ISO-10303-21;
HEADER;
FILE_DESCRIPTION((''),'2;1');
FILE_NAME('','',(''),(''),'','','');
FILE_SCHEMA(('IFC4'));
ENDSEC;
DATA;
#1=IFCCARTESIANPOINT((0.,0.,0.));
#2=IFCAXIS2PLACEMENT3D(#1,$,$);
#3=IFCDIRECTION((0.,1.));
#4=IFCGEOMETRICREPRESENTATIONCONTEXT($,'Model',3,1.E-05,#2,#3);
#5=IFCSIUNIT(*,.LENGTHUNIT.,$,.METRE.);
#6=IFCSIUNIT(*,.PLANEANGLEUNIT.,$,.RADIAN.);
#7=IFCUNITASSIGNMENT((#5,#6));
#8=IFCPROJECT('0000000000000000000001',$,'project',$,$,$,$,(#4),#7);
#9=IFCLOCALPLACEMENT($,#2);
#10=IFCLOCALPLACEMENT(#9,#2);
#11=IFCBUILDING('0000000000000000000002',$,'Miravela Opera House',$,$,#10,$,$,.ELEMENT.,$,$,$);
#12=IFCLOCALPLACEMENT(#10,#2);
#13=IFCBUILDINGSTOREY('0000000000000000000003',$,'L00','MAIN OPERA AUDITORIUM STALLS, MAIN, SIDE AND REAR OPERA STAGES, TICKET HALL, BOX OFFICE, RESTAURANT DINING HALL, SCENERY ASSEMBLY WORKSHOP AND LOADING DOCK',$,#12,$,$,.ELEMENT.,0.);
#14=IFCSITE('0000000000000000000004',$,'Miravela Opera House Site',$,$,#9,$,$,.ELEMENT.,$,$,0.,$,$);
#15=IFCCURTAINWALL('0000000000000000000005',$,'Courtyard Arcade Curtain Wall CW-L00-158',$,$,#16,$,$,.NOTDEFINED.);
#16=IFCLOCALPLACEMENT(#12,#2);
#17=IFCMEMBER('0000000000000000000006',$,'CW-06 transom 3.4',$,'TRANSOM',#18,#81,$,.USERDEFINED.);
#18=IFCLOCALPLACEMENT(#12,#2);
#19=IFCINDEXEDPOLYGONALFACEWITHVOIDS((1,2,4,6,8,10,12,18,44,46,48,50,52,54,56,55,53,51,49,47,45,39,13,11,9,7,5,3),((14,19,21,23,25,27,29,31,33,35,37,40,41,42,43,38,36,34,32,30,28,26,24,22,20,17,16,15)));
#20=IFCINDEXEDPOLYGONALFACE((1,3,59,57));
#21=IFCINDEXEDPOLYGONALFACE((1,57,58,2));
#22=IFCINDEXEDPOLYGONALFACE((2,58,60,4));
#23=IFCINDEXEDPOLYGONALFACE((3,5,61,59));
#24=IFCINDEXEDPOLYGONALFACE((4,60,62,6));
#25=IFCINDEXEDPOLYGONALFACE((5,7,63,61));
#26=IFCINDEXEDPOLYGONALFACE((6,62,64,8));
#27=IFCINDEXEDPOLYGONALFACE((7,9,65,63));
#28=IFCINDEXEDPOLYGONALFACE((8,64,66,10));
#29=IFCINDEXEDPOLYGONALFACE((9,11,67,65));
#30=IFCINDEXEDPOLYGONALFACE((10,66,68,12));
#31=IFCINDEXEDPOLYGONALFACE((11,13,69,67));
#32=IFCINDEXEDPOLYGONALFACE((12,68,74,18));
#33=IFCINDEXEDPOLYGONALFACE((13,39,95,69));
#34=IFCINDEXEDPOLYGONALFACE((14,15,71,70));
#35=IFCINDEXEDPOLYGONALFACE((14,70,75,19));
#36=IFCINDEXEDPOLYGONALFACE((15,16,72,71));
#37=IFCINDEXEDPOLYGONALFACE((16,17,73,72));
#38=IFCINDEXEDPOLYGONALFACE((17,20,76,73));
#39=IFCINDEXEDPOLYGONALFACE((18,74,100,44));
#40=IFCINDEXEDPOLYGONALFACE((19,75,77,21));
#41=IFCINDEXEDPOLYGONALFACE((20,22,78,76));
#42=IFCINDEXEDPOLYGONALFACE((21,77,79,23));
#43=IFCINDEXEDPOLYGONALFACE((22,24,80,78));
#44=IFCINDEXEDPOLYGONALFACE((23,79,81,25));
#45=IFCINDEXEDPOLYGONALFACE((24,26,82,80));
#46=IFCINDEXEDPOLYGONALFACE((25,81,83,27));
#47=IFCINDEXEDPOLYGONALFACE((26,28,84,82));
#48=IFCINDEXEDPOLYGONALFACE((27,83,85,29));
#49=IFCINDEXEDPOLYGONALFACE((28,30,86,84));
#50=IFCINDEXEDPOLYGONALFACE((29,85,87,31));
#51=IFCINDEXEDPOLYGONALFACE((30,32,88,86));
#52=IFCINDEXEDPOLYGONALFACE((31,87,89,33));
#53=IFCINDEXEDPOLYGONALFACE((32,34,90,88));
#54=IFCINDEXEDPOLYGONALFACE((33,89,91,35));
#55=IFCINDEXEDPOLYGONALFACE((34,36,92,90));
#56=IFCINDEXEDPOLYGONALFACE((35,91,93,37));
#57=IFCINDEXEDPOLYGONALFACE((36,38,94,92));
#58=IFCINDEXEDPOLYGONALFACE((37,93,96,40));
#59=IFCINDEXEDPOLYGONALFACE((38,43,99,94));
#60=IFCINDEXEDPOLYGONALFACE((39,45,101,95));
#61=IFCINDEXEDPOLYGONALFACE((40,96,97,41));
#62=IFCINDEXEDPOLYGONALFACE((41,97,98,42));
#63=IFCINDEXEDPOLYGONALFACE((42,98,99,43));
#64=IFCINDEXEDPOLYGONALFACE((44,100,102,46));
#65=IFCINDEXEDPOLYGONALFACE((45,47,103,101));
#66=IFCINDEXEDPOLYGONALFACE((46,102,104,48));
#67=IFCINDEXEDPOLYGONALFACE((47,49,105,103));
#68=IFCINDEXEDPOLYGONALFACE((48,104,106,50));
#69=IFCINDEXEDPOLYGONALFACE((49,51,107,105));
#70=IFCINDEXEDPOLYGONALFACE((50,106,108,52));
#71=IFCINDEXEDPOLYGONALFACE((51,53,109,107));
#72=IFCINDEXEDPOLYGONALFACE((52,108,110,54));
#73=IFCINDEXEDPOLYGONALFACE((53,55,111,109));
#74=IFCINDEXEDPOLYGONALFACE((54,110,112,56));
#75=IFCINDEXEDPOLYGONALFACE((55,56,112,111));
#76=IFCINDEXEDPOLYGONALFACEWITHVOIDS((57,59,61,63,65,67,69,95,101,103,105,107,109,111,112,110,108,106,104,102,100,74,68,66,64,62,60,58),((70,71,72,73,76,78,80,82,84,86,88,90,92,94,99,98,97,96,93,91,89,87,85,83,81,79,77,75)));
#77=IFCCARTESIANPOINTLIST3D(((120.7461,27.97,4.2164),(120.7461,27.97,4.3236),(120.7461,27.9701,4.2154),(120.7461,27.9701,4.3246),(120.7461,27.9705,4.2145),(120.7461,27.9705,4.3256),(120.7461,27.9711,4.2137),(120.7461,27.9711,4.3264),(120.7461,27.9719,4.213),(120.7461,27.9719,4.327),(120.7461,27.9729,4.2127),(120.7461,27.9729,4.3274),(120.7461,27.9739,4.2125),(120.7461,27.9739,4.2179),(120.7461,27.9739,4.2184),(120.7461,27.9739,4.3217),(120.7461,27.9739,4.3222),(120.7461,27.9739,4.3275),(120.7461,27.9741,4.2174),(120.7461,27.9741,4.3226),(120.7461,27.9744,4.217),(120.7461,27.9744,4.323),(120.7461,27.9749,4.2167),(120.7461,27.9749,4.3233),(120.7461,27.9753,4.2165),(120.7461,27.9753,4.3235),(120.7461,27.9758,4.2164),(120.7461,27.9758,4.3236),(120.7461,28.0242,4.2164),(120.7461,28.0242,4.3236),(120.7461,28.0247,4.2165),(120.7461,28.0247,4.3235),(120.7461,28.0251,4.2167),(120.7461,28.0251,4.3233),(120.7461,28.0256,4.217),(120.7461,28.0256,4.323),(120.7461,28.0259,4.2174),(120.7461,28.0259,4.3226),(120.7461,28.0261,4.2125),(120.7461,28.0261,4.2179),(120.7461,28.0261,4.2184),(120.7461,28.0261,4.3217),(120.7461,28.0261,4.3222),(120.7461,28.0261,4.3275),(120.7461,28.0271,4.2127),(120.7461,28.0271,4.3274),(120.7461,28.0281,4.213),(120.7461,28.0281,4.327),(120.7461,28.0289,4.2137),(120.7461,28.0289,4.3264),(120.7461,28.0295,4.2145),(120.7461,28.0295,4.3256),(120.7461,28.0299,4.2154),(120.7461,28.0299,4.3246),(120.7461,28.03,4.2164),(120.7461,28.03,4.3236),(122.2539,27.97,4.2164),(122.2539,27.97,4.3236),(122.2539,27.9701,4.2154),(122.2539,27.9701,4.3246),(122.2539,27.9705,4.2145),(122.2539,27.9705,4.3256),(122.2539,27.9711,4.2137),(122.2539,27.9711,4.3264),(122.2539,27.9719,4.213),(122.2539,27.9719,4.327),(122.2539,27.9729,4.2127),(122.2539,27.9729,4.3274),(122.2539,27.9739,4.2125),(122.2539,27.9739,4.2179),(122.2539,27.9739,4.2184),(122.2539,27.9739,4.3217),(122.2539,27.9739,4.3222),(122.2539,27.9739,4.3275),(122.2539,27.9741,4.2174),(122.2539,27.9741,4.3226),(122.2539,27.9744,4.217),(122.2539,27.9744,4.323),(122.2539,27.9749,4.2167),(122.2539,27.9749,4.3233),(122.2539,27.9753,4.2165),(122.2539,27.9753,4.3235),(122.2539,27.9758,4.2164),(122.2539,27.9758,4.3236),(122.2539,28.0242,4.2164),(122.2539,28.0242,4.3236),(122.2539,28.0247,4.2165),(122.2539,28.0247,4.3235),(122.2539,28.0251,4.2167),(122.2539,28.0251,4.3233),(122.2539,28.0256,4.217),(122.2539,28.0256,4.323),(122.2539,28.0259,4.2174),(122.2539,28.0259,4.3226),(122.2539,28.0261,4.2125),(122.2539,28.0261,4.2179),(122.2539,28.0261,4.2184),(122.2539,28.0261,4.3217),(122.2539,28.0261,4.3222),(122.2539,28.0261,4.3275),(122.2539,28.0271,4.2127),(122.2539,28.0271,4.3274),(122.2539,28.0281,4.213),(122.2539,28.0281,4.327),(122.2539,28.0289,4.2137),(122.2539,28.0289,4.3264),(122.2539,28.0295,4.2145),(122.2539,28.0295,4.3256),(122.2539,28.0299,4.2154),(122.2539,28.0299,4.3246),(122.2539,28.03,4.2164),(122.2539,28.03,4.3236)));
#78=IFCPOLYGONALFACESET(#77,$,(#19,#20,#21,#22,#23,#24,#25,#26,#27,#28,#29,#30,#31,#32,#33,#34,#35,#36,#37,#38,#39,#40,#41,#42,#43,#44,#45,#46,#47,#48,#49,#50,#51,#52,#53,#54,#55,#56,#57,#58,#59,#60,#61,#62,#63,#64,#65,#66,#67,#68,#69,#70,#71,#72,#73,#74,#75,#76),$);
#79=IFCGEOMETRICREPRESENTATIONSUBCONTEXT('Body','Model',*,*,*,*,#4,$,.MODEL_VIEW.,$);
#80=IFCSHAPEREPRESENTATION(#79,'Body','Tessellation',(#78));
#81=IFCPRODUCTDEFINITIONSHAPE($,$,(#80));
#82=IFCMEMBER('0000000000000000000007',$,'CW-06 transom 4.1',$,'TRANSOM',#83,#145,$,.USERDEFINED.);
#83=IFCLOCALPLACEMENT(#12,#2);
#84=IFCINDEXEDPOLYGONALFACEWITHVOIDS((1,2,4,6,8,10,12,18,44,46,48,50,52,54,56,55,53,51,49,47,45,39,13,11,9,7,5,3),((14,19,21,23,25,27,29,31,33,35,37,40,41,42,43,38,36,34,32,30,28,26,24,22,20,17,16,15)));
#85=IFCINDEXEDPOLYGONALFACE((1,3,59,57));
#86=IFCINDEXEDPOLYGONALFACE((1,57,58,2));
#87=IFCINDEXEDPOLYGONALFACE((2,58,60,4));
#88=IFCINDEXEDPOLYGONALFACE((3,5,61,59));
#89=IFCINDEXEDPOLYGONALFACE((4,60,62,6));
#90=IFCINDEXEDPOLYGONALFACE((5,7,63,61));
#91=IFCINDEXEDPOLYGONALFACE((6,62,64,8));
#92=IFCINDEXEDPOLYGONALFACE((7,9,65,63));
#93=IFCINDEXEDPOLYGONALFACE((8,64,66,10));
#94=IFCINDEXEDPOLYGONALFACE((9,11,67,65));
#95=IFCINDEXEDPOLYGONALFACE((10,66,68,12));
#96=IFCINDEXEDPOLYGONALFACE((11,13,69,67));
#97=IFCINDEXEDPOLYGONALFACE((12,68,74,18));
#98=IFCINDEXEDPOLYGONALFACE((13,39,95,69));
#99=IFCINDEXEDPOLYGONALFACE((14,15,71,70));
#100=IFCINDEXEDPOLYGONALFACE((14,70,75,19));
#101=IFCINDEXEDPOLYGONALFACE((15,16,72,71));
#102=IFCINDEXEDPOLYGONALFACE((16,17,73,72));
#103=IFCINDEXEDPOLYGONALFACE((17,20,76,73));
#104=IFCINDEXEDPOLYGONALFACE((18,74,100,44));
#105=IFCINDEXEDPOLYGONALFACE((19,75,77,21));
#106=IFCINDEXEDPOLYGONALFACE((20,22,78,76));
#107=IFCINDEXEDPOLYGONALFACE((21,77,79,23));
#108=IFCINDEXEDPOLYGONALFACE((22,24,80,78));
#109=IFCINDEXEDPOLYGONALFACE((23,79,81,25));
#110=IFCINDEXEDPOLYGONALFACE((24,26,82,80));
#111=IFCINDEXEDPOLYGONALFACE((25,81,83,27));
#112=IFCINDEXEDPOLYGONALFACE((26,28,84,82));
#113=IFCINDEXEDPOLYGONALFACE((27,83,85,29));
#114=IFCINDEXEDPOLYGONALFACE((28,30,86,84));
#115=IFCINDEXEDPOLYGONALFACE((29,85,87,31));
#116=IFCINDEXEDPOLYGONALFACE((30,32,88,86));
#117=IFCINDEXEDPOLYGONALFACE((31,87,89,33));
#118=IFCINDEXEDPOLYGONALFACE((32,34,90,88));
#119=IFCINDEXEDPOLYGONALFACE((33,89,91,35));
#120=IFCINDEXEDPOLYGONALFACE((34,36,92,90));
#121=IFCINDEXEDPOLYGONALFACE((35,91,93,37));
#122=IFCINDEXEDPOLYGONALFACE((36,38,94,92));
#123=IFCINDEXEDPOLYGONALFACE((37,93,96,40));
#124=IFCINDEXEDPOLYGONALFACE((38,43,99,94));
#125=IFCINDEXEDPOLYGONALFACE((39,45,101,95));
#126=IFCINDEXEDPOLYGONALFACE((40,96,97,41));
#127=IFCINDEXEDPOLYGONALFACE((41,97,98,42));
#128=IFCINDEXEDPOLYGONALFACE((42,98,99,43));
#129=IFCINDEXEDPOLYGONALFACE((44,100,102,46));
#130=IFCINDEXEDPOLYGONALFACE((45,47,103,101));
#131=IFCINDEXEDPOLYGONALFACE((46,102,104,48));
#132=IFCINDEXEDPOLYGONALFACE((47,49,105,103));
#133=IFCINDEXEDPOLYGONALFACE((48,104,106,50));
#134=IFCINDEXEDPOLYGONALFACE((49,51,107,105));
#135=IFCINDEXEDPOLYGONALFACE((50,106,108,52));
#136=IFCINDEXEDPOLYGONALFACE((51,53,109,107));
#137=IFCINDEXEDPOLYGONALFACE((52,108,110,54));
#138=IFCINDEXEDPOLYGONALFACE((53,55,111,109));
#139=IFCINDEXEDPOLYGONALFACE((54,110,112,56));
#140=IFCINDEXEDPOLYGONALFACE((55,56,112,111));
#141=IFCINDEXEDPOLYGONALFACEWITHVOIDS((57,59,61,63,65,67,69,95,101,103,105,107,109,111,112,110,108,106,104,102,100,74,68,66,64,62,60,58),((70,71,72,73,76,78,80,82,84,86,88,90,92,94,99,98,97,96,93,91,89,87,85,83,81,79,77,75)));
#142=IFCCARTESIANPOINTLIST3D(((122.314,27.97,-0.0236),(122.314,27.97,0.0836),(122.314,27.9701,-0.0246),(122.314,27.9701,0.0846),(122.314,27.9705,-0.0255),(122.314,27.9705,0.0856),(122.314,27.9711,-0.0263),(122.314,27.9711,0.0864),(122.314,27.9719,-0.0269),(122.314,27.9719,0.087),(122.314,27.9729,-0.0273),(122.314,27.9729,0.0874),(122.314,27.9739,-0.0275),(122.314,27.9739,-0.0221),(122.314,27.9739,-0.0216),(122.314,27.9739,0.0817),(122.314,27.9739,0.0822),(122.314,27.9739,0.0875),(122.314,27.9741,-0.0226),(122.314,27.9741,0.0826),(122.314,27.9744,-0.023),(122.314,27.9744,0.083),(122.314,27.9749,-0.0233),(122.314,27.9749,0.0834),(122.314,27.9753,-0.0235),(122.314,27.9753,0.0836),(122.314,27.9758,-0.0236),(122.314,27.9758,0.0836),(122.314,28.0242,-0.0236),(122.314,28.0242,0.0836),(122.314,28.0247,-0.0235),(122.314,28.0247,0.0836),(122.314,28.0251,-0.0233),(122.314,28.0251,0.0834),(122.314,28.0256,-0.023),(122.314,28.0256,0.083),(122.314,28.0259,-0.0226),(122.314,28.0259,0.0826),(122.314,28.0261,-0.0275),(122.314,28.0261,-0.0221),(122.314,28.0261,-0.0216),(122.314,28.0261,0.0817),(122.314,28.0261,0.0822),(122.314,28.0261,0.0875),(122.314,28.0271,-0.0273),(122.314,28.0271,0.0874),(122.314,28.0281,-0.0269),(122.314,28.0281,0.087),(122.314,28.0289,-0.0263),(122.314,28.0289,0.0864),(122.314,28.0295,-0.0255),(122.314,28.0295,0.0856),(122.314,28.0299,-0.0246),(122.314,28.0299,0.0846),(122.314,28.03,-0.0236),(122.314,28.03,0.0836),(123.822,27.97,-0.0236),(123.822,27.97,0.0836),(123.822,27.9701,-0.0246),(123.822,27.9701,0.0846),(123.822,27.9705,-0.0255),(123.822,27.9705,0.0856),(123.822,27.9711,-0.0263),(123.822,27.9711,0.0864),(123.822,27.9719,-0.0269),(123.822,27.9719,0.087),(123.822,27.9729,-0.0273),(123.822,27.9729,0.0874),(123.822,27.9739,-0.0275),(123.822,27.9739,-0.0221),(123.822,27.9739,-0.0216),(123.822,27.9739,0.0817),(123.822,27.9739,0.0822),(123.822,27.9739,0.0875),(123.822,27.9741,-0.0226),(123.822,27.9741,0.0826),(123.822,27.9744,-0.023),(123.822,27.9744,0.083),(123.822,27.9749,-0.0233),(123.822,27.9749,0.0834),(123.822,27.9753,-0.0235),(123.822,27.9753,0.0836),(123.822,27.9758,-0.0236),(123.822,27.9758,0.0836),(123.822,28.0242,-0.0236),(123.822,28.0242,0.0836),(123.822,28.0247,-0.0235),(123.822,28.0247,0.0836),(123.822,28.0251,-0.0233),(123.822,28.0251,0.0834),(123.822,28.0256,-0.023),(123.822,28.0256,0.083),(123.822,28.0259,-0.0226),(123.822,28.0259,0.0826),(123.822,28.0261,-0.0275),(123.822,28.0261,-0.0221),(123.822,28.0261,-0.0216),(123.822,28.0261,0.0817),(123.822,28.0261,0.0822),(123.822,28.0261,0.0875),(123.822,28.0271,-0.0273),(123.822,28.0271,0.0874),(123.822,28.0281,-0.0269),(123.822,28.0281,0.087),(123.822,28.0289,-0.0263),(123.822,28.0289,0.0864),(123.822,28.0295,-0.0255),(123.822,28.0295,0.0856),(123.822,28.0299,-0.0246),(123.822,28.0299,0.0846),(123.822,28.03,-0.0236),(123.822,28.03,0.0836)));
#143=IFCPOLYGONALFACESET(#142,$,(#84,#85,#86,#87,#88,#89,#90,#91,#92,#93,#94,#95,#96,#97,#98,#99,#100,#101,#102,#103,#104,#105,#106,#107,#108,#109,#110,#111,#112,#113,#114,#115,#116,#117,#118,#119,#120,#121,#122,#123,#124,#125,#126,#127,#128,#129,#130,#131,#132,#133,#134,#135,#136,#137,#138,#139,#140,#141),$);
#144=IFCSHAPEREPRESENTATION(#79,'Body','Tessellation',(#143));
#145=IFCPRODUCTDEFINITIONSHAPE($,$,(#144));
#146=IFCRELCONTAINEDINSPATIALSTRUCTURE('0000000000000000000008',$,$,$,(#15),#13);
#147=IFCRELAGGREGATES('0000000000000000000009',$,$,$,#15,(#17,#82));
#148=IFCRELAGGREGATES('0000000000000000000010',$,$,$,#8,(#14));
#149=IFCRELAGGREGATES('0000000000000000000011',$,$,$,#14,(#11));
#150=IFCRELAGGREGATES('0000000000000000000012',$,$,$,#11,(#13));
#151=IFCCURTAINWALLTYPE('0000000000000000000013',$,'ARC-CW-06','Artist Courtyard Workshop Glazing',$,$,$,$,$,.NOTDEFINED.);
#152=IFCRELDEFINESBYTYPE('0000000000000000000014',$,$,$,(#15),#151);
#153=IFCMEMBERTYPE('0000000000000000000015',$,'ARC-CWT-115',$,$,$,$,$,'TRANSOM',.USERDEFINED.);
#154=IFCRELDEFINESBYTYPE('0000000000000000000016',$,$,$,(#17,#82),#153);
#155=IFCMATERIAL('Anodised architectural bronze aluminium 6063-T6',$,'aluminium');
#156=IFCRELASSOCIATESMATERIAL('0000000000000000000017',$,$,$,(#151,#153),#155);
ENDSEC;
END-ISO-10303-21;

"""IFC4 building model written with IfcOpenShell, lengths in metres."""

from ifc_helpers import new_model, si_unit, direction, frame, origin, origin_2d, place, context, subcontext, project, spatial, hollow_rectangle, extrude, material, material_profile, profile_set, type_object, element, aggregate, save


model = new_model("IFC4")

# Units and contexts
model_context = context("Model", 3, precision=1e-05, world=origin(), true_north=direction((0.0, 1.0)))
body_context = subcontext(model_context, "Body", "Model", "MODEL_VIEW")
ifc_project = project(units=[si_unit("LENGTHUNIT", "METRE"), si_unit("PLANEANGLEUNIT", "RADIAN")], contexts=[model_context])

# Site, building, storey
site_placement = place(None, origin())
site = spatial("IfcSite", under=ifc_project, at=site_placement, Name="Miravela Opera House Site", CompositionType="ELEMENT", RefElevation=0.0)
building_placement = place(site_placement, origin())
building = spatial("IfcBuilding", under=site, at=building_placement, Name="Miravela Opera House", CompositionType="ELEMENT")
storey_placement = place(building_placement, origin())
storey = spatial("IfcBuildingStorey", under=building, at=storey_placement, Name="L00", Description="MAIN OPERA AUDITORIUM STALLS, MAIN, SIDE AND REAR OPERA STAGES, TICKET HALL, BOX OFFICE, RESTAURANT DINING HALL, SCENERY ASSEMBLY WORKSHOP AND LOADING DOCK", CompositionType="ELEMENT", Elevation=0.0)

# Curtain wall, members
ifc_material_1 = material(Name="Anodised architectural bronze aluminium 6063-T6", Category="aluminium")
curtain_wall_type = type_object("IfcCurtainWallType", Name="ARC-CW-06", Description="Artist Courtyard Workshop Glazing", PredefinedType="NOTDEFINED", material=ifc_material_1)
curtain_wall_placement = place(storey_placement, origin())
curtain_wall = element("IfcCurtainWall", 1, at=curtain_wall_placement, inside=storey, type_object=curtain_wall_type, Name="Courtyard Arcade Curtain Wall CW-L00-158", PredefinedType="NOTDEFINED")
ifc_material_profile_1 = material_profile(ifc_material_1, hollow_rectangle(XDim=0.0601, YDim=0.115, WallThickness=0.0039, InnerFilletRadius=0.002, OuterFilletRadius=0.0039, at=origin_2d()), Name="CWT-60X115")
ifc_profile_set_1 = profile_set([ifc_material_profile_1])
member_type_1 = type_object("IfcMemberType", Name="ARC-CWT-115", ElementType="TRANSOM", PredefinedType="USERDEFINED", material=ifc_profile_set_1)
member_1_placement = place(storey_placement, frame((120.7461, 28.0, 4.27), z_axis=(1.0, 0.0, 0.0), x_axis=(0.0, 1.0, 0.0)))
member_1 = element("IfcMember", 2, at=member_1_placement, type_object=member_type_1, Name="CW-06 transom 3.4", ObjectType="TRANSOM", PredefinedType="USERDEFINED", context=body_context, shape_type="SweptSolid", body=[
    extrude(hollow_rectangle(XDim=0.0601, YDim=0.115, WallThickness=0.0039, InnerFilletRadius=0.002, OuterFilletRadius=0.0039, at=origin_2d()), origin(), (0.0, 0.0, 1.0), 1.5078),
])
member_2_placement = place(storey_placement, frame((122.314, 28.0, 0.03), z_axis=(1.0, 0.0, 0.0), x_axis=(0.0, 1.0, 0.0)))
member_2 = element("IfcMember", 3, at=member_2_placement, type_object=member_type_1, Name="CW-06 transom 4.1", ObjectType="TRANSOM", PredefinedType="USERDEFINED", context=body_context, shape_type="SweptSolid", body=[
    extrude(hollow_rectangle(XDim=0.0601, YDim=0.115, WallThickness=0.0039, InnerFilletRadius=0.002, OuterFilletRadius=0.0039, at=origin_2d()), origin(), (0.0, 0.0, 1.0), 1.5081),
])
aggregate(curtain_wall, [member_1, member_2])

save(model, "model.ifc")
